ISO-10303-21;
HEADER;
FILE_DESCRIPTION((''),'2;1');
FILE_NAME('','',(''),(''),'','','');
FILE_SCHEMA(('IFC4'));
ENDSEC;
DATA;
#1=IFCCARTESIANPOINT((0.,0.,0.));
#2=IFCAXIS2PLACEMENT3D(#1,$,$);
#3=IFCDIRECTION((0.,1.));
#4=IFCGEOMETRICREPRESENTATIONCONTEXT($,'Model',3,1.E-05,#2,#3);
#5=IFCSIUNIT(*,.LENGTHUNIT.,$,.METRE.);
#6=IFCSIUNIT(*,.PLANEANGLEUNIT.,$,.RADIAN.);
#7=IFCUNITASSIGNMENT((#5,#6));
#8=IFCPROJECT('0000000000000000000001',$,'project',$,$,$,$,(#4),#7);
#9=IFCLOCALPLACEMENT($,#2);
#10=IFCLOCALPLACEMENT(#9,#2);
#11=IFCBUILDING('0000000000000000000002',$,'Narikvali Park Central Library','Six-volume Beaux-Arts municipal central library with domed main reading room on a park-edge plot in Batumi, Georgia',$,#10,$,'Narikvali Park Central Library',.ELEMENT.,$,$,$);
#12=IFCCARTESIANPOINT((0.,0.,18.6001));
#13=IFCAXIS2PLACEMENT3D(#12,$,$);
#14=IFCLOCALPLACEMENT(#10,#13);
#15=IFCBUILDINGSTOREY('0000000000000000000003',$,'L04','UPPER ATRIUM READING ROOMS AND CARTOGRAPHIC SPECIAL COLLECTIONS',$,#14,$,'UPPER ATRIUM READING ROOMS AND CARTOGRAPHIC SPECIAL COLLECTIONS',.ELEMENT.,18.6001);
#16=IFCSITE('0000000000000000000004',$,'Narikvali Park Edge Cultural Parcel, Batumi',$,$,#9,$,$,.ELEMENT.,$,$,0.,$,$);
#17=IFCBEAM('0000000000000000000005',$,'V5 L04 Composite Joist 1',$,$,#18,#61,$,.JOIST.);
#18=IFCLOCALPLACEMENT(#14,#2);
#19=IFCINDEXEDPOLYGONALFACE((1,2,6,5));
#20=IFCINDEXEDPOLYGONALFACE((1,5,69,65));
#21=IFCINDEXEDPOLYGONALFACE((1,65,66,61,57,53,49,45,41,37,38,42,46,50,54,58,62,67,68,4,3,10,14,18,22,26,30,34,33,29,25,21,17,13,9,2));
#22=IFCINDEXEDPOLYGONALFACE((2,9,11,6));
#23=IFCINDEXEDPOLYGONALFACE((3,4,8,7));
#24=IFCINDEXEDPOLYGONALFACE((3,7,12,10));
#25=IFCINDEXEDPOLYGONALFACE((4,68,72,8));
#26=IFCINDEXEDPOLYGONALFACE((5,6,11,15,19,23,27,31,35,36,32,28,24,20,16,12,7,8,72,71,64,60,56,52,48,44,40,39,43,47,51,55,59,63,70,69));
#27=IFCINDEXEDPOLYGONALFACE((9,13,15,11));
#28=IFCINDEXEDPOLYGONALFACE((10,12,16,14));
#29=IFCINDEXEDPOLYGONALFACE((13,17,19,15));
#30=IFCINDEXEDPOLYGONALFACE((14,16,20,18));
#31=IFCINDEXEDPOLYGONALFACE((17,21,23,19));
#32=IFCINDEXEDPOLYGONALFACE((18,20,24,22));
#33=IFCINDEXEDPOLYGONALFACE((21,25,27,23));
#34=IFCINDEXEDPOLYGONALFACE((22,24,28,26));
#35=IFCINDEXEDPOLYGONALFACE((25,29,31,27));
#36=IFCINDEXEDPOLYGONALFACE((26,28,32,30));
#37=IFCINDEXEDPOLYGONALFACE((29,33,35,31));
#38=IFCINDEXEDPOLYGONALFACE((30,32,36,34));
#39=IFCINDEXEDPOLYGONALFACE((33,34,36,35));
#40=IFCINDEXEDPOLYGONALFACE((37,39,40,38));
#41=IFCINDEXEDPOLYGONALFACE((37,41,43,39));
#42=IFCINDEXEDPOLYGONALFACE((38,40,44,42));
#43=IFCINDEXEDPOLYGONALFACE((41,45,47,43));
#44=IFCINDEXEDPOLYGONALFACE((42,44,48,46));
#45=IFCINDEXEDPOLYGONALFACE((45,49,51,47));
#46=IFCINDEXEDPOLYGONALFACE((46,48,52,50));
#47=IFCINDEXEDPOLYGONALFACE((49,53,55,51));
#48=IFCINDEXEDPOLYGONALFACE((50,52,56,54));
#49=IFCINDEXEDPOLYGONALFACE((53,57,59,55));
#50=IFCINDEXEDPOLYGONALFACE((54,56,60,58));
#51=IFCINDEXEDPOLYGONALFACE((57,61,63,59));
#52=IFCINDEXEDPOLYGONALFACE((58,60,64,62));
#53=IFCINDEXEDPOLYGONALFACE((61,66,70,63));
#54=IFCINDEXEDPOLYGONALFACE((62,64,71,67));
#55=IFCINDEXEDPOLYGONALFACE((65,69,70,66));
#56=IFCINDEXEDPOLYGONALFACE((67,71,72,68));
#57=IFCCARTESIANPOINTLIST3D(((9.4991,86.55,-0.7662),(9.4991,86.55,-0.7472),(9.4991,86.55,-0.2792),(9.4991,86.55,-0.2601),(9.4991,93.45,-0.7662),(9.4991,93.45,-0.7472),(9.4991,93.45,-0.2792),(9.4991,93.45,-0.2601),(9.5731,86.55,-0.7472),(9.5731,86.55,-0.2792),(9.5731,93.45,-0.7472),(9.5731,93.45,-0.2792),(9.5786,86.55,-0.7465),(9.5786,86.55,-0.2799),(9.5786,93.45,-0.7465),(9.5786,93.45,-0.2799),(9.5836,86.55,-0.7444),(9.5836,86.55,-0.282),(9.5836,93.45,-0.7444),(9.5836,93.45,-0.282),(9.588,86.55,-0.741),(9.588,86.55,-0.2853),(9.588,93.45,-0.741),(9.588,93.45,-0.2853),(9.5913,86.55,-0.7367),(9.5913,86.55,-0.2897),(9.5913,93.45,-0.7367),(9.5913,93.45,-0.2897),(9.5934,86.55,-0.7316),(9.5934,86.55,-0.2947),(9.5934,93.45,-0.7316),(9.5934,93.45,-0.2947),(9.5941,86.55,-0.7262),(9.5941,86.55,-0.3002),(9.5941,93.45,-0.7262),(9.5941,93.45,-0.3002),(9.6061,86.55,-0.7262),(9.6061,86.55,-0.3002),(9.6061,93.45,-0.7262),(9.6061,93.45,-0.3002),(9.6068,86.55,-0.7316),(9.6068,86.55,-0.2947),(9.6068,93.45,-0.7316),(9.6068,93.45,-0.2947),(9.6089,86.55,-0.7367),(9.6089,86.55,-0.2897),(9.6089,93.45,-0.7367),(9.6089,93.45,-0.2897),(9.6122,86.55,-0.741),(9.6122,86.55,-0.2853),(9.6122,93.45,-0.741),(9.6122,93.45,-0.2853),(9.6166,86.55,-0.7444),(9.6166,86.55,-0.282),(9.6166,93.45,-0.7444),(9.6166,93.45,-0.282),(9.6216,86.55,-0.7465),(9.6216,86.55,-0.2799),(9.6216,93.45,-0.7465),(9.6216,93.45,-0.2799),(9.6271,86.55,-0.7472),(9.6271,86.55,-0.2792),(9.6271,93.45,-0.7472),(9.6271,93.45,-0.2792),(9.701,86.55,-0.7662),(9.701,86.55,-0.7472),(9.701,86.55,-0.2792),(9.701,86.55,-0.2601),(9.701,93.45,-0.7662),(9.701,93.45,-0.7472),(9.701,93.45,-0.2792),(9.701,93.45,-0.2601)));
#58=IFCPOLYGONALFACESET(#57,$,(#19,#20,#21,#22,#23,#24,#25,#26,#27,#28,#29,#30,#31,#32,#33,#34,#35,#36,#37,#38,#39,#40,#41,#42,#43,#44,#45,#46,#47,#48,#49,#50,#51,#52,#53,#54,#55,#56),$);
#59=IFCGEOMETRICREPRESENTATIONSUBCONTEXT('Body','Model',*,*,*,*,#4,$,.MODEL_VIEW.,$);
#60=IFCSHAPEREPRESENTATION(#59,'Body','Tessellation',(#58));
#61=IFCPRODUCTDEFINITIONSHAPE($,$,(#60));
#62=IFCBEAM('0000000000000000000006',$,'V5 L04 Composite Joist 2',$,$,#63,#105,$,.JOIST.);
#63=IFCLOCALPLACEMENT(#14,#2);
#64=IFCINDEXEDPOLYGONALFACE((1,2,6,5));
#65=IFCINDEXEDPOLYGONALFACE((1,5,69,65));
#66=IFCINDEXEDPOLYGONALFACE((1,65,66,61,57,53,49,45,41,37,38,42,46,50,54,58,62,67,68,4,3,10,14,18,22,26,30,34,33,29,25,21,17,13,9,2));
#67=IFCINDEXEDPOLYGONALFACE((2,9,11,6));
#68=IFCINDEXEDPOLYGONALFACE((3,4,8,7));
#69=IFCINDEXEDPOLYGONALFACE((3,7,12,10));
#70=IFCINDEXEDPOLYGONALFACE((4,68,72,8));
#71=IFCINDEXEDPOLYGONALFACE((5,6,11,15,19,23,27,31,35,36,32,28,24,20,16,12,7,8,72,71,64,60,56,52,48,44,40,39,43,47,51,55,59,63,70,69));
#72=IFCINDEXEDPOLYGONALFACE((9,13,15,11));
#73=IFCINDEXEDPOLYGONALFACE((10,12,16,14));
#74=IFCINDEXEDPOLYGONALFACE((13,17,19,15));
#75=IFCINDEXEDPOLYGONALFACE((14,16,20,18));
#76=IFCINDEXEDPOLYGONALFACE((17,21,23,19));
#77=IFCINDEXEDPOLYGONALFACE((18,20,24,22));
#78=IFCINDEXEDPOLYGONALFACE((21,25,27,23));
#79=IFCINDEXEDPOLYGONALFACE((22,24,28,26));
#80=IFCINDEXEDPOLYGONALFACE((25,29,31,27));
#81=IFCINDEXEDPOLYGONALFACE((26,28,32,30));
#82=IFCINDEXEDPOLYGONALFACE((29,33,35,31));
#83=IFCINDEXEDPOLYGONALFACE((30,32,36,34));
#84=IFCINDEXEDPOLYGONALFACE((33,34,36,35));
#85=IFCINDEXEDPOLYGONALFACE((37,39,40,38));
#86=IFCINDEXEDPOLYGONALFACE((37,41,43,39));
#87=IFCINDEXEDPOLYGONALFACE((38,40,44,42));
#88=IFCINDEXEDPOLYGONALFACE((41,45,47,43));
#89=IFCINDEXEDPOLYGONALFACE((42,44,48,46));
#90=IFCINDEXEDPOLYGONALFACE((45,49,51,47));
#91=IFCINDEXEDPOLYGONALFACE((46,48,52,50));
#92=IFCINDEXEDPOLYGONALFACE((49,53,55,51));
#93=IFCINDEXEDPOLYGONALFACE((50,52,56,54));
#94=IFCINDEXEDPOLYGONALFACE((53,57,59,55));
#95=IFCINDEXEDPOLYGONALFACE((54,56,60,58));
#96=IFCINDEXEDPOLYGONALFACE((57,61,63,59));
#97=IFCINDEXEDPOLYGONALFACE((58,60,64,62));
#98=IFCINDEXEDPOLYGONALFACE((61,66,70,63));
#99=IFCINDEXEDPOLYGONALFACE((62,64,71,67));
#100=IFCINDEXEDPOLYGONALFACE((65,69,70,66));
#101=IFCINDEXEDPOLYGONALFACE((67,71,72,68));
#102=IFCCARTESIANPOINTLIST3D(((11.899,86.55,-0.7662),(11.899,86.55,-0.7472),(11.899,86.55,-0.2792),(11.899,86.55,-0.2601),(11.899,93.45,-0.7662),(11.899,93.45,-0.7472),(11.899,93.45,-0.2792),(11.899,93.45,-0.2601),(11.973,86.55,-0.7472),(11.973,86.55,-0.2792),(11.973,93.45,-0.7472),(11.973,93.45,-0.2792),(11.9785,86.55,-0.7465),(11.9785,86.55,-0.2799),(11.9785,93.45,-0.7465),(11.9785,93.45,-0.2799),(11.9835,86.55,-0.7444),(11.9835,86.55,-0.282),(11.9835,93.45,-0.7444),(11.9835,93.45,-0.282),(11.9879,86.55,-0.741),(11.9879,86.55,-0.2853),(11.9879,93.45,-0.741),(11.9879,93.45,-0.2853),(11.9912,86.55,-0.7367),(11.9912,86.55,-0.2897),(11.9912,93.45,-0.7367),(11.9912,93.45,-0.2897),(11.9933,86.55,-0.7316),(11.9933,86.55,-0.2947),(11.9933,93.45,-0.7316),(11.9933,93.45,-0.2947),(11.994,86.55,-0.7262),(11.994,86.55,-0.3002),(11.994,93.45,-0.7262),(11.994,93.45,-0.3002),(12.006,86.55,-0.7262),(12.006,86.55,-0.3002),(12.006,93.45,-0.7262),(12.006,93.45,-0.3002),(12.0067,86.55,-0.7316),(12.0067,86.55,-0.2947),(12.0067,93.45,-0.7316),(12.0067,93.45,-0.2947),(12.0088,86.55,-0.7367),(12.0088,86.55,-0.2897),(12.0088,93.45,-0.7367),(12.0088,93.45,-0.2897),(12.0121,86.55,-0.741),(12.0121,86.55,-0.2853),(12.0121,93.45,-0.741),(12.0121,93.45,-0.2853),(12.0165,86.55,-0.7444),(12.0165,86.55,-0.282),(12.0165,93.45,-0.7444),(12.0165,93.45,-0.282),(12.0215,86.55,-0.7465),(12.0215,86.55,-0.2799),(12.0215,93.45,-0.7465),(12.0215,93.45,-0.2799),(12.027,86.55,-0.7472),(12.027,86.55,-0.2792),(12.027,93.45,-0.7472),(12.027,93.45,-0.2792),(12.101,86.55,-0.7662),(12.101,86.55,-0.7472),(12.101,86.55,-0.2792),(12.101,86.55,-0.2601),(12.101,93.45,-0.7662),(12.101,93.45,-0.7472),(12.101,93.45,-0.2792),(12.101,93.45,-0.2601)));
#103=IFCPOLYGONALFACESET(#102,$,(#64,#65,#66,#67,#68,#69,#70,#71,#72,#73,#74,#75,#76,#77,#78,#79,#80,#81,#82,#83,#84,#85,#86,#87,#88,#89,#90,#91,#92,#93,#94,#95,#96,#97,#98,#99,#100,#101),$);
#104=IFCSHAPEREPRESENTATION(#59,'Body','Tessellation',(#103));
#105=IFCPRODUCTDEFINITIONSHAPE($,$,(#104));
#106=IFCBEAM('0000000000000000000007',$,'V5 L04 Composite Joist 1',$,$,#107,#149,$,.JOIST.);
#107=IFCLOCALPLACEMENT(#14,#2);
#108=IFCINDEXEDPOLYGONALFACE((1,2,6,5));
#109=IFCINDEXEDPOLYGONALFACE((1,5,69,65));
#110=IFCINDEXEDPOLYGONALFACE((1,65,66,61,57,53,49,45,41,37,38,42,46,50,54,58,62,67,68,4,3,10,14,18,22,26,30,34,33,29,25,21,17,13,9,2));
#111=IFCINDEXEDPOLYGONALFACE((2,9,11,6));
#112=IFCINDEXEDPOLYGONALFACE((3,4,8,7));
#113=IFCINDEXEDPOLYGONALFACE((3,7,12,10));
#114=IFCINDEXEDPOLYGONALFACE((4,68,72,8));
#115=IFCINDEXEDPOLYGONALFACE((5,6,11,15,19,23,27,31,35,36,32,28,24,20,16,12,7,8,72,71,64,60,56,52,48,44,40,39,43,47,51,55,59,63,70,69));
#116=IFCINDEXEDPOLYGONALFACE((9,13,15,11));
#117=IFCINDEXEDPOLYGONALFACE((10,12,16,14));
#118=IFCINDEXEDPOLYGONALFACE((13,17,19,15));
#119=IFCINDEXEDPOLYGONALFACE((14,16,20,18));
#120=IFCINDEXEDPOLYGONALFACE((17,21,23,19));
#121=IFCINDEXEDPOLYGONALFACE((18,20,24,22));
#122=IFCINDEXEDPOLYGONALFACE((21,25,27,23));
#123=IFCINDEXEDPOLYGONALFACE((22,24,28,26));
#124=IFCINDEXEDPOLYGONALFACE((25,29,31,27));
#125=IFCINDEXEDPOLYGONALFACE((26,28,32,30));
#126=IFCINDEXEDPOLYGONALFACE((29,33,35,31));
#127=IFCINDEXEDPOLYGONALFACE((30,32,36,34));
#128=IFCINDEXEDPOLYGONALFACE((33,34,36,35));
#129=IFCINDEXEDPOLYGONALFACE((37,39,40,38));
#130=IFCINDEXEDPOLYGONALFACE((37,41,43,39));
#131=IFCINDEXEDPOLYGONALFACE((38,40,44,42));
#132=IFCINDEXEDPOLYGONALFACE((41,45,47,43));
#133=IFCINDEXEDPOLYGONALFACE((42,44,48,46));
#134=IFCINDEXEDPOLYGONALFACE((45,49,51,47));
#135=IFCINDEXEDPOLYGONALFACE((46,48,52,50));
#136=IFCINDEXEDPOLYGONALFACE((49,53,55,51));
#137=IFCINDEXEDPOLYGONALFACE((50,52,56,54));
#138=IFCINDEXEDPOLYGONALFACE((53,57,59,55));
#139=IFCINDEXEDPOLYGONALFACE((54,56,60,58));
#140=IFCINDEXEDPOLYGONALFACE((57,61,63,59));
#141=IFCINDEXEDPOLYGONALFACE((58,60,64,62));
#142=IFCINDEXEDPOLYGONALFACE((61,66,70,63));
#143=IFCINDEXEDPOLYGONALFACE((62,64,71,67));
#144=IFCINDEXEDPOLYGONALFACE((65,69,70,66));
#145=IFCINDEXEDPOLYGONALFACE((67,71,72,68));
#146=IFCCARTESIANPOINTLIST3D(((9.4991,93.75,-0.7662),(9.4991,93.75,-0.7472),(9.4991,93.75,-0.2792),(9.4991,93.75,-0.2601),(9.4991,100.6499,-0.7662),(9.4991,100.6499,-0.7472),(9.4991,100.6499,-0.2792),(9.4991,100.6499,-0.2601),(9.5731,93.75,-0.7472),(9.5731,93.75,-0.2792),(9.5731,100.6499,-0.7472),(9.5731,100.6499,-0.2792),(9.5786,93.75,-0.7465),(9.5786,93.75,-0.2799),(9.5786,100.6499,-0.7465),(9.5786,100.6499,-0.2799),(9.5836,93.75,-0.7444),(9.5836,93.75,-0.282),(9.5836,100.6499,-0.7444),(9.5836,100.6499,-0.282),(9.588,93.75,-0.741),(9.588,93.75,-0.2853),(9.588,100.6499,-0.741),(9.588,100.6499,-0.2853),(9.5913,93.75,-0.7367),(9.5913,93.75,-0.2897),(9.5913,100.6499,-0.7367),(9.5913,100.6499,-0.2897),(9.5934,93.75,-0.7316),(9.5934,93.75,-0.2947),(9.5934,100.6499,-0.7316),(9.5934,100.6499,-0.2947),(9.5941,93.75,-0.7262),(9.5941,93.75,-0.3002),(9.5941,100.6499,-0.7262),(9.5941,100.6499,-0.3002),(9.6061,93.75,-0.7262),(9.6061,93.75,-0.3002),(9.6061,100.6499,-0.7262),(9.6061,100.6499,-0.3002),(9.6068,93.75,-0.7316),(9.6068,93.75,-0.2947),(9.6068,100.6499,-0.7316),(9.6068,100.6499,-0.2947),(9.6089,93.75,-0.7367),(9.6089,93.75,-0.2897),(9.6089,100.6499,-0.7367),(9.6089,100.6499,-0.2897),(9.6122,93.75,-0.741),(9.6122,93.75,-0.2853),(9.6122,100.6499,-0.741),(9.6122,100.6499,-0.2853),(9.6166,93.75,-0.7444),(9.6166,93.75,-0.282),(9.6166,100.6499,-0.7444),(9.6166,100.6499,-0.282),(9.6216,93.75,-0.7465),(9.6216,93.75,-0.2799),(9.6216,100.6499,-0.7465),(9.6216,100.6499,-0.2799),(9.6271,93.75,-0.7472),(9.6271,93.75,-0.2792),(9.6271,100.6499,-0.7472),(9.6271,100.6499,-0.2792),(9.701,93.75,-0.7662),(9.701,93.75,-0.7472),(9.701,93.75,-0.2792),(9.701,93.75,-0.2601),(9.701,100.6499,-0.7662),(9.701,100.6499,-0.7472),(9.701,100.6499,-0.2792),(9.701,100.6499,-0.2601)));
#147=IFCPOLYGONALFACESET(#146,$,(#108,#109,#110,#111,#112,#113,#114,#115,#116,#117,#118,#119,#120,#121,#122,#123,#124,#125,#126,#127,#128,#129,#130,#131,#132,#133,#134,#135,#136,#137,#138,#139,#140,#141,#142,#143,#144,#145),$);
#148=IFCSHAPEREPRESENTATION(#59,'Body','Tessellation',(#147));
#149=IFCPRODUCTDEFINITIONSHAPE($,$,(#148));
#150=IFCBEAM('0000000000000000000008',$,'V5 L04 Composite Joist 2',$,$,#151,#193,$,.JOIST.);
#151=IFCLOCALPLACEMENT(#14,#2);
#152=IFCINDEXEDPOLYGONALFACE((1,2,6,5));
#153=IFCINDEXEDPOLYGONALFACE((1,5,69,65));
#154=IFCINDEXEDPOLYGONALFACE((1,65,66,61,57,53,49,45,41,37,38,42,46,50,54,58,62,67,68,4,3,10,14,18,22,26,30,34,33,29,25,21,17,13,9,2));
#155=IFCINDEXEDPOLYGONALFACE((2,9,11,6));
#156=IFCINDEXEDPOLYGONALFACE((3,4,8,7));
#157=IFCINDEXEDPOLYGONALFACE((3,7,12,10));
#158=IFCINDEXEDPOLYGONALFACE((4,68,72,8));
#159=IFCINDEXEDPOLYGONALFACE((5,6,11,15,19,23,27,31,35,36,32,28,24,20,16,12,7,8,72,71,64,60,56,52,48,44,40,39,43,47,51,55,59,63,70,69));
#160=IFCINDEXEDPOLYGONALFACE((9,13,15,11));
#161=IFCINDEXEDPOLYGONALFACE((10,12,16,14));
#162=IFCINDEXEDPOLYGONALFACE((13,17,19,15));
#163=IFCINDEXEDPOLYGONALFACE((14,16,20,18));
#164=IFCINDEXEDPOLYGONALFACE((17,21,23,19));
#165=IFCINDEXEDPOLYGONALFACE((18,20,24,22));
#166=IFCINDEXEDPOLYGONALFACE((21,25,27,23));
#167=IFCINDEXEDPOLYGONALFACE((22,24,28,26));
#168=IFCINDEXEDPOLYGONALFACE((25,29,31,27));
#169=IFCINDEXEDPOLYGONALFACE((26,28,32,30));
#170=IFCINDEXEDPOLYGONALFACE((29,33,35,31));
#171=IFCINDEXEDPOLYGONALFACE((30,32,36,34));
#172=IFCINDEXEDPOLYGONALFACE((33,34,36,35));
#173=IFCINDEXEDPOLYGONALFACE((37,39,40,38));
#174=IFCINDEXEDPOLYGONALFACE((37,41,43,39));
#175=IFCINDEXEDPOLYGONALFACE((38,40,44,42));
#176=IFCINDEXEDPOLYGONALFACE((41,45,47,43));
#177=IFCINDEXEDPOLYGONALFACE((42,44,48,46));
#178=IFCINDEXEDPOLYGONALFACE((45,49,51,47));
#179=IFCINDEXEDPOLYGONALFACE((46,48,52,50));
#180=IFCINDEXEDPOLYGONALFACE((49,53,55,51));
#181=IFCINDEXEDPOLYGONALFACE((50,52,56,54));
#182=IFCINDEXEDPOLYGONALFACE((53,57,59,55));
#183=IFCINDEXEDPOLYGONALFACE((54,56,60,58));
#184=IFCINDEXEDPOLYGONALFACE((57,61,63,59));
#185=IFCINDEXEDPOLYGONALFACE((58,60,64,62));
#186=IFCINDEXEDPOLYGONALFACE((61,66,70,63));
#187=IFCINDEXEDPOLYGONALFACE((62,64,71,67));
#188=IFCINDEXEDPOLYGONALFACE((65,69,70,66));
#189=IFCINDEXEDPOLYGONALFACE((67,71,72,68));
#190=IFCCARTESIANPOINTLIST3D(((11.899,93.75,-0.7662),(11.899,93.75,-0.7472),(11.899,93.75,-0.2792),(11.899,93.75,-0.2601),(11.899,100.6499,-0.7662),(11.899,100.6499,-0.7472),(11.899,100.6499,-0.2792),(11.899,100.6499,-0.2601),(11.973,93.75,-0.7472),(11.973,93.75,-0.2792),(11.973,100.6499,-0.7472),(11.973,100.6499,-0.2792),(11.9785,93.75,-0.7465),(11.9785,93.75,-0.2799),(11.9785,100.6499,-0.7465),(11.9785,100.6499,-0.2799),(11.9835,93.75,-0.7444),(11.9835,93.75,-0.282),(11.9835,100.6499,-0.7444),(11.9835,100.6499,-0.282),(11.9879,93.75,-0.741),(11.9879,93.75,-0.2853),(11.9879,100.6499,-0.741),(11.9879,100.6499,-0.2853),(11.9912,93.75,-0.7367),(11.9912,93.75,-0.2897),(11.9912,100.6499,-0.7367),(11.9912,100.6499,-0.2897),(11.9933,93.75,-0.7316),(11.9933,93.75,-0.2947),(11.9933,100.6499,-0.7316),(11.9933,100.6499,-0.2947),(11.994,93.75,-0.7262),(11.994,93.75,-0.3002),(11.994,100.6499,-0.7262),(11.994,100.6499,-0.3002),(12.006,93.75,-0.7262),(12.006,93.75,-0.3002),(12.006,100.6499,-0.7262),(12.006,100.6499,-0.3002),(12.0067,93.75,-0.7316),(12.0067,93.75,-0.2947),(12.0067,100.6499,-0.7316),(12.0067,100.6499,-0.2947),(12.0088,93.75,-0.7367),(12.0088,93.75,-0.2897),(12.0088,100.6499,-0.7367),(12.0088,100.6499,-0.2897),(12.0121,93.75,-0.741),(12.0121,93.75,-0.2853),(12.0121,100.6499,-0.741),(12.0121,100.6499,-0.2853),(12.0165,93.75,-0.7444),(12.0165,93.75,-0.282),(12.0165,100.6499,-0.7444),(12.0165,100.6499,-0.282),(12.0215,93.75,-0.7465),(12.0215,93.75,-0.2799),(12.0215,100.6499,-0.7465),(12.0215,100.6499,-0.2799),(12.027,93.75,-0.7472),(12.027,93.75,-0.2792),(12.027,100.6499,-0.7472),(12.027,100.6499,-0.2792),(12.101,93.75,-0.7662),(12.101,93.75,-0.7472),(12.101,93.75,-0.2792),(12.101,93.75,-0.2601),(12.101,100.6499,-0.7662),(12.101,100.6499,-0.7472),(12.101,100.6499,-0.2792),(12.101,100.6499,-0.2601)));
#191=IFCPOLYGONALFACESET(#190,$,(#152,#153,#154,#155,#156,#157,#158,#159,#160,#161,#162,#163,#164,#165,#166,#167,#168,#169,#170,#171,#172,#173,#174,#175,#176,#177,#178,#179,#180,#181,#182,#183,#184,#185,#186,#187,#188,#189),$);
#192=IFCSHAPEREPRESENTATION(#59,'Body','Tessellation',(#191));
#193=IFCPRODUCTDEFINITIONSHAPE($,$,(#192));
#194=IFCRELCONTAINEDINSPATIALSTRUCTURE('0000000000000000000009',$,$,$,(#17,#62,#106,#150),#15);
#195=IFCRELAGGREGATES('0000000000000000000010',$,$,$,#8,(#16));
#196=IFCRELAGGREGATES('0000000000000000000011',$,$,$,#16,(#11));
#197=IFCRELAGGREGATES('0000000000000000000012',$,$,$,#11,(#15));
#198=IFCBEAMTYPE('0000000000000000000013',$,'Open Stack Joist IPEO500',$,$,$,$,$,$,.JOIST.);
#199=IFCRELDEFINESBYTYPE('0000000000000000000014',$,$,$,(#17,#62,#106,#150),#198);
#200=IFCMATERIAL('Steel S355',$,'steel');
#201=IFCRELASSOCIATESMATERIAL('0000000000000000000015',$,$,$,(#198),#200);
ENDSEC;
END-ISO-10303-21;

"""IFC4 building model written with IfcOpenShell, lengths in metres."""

from ifc_helpers import new_model, si_unit, direction, frame, origin, origin_2d, place, context, subcontext, project, spatial, i_section, extrude, material, material_profile, profile_set, type_object, element, save


model = new_model("IFC4")

# Units and contexts
model_context = context("Model", 3, precision=1e-05, world=origin(), true_north=direction((0.0, 1.0)))
body_context = subcontext(model_context, "Body", "Model", "MODEL_VIEW")
ifc_project = project(units=[si_unit("LENGTHUNIT", "METRE"), si_unit("PLANEANGLEUNIT", "RADIAN")], contexts=[model_context])

# Site, building, storey
site_placement = place(None, origin())
site = spatial("IfcSite", under=ifc_project, at=site_placement, Name="Narikvali Park Edge Cultural Parcel, Batumi", CompositionType="ELEMENT", RefElevation=0.0)
building_placement = place(site_placement, origin())
building = spatial("IfcBuilding", under=site, at=building_placement, Name="Narikvali Park Central Library", Description="Six-volume Beaux-Arts municipal central library with domed main reading room on a park-edge plot in Batumi, Georgia", LongName="Narikvali Park Central Library", CompositionType="ELEMENT")
storey_placement = place(building_placement, frame((0.0, 0.0, 18.6001)))
storey = spatial("IfcBuildingStorey", under=building, at=storey_placement, Name="L04", Description="UPPER ATRIUM READING ROOMS AND CARTOGRAPHIC SPECIAL COLLECTIONS", LongName="UPPER ATRIUM READING ROOMS AND CARTOGRAPHIC SPECIAL COLLECTIONS", CompositionType="ELEMENT", Elevation=18.6001)

# Shared definitions
ifc_material_1 = material(Name="Steel S355", Category="steel")

# Beams
ifc_material_profile_1 = material_profile(ifc_material_1, i_section(OverallWidth=0.2019, OverallDepth=0.5061, WebThickness=0.012, FlangeThickness=0.019, FilletRadius=0.021, at=origin_2d()), Name="IPEO 500")
ifc_profile_set_1 = profile_set([ifc_material_profile_1], Name="Steel S355")
beam_type_1 = type_object("IfcBeamType", Name="Open Stack Joist IPEO500", PredefinedType="JOIST", material=ifc_profile_set_1)
for number, where, z_axis, x_axis, name in (
    (1, (9.6001, 86.55, -0.5132), (0.0, 1.0, 0.0), (-1.0, 0.0, 0.0), "V5 L04 Composite Joist 1"),
    (2, (12.0, 86.55, -0.5132), (0.0, 1.0, 0.0), (-1.0, 0.0, 0.0), "V5 L04 Composite Joist 2"),
    (3, (9.6001, 93.75, -0.5132), (0.0, 1.0, 0.0), (-1.0, 0.0, 0.0), "V5 L04 Composite Joist 1"),
    (4, (12.0, 93.75, -0.5132), (0.0, 1.0, 0.0), (-1.0, 0.0, 0.0), "V5 L04 Composite Joist 2"),
):
    element("IfcBeam", number, at=place(storey_placement, frame(where, z_axis=z_axis, x_axis=x_axis)), inside=storey, type_object=beam_type_1, Name=name, PredefinedType="JOIST", context=body_context, shape_type="SweptSolid", body=[
        extrude(i_section(OverallWidth=0.2019, OverallDepth=0.5061, WebThickness=0.012, FlangeThickness=0.019, FilletRadius=0.021, at=origin_2d()), origin(), (0.0, 0.0, 1.0), 6.8999),
    ])

save(model, "model.ifc")
